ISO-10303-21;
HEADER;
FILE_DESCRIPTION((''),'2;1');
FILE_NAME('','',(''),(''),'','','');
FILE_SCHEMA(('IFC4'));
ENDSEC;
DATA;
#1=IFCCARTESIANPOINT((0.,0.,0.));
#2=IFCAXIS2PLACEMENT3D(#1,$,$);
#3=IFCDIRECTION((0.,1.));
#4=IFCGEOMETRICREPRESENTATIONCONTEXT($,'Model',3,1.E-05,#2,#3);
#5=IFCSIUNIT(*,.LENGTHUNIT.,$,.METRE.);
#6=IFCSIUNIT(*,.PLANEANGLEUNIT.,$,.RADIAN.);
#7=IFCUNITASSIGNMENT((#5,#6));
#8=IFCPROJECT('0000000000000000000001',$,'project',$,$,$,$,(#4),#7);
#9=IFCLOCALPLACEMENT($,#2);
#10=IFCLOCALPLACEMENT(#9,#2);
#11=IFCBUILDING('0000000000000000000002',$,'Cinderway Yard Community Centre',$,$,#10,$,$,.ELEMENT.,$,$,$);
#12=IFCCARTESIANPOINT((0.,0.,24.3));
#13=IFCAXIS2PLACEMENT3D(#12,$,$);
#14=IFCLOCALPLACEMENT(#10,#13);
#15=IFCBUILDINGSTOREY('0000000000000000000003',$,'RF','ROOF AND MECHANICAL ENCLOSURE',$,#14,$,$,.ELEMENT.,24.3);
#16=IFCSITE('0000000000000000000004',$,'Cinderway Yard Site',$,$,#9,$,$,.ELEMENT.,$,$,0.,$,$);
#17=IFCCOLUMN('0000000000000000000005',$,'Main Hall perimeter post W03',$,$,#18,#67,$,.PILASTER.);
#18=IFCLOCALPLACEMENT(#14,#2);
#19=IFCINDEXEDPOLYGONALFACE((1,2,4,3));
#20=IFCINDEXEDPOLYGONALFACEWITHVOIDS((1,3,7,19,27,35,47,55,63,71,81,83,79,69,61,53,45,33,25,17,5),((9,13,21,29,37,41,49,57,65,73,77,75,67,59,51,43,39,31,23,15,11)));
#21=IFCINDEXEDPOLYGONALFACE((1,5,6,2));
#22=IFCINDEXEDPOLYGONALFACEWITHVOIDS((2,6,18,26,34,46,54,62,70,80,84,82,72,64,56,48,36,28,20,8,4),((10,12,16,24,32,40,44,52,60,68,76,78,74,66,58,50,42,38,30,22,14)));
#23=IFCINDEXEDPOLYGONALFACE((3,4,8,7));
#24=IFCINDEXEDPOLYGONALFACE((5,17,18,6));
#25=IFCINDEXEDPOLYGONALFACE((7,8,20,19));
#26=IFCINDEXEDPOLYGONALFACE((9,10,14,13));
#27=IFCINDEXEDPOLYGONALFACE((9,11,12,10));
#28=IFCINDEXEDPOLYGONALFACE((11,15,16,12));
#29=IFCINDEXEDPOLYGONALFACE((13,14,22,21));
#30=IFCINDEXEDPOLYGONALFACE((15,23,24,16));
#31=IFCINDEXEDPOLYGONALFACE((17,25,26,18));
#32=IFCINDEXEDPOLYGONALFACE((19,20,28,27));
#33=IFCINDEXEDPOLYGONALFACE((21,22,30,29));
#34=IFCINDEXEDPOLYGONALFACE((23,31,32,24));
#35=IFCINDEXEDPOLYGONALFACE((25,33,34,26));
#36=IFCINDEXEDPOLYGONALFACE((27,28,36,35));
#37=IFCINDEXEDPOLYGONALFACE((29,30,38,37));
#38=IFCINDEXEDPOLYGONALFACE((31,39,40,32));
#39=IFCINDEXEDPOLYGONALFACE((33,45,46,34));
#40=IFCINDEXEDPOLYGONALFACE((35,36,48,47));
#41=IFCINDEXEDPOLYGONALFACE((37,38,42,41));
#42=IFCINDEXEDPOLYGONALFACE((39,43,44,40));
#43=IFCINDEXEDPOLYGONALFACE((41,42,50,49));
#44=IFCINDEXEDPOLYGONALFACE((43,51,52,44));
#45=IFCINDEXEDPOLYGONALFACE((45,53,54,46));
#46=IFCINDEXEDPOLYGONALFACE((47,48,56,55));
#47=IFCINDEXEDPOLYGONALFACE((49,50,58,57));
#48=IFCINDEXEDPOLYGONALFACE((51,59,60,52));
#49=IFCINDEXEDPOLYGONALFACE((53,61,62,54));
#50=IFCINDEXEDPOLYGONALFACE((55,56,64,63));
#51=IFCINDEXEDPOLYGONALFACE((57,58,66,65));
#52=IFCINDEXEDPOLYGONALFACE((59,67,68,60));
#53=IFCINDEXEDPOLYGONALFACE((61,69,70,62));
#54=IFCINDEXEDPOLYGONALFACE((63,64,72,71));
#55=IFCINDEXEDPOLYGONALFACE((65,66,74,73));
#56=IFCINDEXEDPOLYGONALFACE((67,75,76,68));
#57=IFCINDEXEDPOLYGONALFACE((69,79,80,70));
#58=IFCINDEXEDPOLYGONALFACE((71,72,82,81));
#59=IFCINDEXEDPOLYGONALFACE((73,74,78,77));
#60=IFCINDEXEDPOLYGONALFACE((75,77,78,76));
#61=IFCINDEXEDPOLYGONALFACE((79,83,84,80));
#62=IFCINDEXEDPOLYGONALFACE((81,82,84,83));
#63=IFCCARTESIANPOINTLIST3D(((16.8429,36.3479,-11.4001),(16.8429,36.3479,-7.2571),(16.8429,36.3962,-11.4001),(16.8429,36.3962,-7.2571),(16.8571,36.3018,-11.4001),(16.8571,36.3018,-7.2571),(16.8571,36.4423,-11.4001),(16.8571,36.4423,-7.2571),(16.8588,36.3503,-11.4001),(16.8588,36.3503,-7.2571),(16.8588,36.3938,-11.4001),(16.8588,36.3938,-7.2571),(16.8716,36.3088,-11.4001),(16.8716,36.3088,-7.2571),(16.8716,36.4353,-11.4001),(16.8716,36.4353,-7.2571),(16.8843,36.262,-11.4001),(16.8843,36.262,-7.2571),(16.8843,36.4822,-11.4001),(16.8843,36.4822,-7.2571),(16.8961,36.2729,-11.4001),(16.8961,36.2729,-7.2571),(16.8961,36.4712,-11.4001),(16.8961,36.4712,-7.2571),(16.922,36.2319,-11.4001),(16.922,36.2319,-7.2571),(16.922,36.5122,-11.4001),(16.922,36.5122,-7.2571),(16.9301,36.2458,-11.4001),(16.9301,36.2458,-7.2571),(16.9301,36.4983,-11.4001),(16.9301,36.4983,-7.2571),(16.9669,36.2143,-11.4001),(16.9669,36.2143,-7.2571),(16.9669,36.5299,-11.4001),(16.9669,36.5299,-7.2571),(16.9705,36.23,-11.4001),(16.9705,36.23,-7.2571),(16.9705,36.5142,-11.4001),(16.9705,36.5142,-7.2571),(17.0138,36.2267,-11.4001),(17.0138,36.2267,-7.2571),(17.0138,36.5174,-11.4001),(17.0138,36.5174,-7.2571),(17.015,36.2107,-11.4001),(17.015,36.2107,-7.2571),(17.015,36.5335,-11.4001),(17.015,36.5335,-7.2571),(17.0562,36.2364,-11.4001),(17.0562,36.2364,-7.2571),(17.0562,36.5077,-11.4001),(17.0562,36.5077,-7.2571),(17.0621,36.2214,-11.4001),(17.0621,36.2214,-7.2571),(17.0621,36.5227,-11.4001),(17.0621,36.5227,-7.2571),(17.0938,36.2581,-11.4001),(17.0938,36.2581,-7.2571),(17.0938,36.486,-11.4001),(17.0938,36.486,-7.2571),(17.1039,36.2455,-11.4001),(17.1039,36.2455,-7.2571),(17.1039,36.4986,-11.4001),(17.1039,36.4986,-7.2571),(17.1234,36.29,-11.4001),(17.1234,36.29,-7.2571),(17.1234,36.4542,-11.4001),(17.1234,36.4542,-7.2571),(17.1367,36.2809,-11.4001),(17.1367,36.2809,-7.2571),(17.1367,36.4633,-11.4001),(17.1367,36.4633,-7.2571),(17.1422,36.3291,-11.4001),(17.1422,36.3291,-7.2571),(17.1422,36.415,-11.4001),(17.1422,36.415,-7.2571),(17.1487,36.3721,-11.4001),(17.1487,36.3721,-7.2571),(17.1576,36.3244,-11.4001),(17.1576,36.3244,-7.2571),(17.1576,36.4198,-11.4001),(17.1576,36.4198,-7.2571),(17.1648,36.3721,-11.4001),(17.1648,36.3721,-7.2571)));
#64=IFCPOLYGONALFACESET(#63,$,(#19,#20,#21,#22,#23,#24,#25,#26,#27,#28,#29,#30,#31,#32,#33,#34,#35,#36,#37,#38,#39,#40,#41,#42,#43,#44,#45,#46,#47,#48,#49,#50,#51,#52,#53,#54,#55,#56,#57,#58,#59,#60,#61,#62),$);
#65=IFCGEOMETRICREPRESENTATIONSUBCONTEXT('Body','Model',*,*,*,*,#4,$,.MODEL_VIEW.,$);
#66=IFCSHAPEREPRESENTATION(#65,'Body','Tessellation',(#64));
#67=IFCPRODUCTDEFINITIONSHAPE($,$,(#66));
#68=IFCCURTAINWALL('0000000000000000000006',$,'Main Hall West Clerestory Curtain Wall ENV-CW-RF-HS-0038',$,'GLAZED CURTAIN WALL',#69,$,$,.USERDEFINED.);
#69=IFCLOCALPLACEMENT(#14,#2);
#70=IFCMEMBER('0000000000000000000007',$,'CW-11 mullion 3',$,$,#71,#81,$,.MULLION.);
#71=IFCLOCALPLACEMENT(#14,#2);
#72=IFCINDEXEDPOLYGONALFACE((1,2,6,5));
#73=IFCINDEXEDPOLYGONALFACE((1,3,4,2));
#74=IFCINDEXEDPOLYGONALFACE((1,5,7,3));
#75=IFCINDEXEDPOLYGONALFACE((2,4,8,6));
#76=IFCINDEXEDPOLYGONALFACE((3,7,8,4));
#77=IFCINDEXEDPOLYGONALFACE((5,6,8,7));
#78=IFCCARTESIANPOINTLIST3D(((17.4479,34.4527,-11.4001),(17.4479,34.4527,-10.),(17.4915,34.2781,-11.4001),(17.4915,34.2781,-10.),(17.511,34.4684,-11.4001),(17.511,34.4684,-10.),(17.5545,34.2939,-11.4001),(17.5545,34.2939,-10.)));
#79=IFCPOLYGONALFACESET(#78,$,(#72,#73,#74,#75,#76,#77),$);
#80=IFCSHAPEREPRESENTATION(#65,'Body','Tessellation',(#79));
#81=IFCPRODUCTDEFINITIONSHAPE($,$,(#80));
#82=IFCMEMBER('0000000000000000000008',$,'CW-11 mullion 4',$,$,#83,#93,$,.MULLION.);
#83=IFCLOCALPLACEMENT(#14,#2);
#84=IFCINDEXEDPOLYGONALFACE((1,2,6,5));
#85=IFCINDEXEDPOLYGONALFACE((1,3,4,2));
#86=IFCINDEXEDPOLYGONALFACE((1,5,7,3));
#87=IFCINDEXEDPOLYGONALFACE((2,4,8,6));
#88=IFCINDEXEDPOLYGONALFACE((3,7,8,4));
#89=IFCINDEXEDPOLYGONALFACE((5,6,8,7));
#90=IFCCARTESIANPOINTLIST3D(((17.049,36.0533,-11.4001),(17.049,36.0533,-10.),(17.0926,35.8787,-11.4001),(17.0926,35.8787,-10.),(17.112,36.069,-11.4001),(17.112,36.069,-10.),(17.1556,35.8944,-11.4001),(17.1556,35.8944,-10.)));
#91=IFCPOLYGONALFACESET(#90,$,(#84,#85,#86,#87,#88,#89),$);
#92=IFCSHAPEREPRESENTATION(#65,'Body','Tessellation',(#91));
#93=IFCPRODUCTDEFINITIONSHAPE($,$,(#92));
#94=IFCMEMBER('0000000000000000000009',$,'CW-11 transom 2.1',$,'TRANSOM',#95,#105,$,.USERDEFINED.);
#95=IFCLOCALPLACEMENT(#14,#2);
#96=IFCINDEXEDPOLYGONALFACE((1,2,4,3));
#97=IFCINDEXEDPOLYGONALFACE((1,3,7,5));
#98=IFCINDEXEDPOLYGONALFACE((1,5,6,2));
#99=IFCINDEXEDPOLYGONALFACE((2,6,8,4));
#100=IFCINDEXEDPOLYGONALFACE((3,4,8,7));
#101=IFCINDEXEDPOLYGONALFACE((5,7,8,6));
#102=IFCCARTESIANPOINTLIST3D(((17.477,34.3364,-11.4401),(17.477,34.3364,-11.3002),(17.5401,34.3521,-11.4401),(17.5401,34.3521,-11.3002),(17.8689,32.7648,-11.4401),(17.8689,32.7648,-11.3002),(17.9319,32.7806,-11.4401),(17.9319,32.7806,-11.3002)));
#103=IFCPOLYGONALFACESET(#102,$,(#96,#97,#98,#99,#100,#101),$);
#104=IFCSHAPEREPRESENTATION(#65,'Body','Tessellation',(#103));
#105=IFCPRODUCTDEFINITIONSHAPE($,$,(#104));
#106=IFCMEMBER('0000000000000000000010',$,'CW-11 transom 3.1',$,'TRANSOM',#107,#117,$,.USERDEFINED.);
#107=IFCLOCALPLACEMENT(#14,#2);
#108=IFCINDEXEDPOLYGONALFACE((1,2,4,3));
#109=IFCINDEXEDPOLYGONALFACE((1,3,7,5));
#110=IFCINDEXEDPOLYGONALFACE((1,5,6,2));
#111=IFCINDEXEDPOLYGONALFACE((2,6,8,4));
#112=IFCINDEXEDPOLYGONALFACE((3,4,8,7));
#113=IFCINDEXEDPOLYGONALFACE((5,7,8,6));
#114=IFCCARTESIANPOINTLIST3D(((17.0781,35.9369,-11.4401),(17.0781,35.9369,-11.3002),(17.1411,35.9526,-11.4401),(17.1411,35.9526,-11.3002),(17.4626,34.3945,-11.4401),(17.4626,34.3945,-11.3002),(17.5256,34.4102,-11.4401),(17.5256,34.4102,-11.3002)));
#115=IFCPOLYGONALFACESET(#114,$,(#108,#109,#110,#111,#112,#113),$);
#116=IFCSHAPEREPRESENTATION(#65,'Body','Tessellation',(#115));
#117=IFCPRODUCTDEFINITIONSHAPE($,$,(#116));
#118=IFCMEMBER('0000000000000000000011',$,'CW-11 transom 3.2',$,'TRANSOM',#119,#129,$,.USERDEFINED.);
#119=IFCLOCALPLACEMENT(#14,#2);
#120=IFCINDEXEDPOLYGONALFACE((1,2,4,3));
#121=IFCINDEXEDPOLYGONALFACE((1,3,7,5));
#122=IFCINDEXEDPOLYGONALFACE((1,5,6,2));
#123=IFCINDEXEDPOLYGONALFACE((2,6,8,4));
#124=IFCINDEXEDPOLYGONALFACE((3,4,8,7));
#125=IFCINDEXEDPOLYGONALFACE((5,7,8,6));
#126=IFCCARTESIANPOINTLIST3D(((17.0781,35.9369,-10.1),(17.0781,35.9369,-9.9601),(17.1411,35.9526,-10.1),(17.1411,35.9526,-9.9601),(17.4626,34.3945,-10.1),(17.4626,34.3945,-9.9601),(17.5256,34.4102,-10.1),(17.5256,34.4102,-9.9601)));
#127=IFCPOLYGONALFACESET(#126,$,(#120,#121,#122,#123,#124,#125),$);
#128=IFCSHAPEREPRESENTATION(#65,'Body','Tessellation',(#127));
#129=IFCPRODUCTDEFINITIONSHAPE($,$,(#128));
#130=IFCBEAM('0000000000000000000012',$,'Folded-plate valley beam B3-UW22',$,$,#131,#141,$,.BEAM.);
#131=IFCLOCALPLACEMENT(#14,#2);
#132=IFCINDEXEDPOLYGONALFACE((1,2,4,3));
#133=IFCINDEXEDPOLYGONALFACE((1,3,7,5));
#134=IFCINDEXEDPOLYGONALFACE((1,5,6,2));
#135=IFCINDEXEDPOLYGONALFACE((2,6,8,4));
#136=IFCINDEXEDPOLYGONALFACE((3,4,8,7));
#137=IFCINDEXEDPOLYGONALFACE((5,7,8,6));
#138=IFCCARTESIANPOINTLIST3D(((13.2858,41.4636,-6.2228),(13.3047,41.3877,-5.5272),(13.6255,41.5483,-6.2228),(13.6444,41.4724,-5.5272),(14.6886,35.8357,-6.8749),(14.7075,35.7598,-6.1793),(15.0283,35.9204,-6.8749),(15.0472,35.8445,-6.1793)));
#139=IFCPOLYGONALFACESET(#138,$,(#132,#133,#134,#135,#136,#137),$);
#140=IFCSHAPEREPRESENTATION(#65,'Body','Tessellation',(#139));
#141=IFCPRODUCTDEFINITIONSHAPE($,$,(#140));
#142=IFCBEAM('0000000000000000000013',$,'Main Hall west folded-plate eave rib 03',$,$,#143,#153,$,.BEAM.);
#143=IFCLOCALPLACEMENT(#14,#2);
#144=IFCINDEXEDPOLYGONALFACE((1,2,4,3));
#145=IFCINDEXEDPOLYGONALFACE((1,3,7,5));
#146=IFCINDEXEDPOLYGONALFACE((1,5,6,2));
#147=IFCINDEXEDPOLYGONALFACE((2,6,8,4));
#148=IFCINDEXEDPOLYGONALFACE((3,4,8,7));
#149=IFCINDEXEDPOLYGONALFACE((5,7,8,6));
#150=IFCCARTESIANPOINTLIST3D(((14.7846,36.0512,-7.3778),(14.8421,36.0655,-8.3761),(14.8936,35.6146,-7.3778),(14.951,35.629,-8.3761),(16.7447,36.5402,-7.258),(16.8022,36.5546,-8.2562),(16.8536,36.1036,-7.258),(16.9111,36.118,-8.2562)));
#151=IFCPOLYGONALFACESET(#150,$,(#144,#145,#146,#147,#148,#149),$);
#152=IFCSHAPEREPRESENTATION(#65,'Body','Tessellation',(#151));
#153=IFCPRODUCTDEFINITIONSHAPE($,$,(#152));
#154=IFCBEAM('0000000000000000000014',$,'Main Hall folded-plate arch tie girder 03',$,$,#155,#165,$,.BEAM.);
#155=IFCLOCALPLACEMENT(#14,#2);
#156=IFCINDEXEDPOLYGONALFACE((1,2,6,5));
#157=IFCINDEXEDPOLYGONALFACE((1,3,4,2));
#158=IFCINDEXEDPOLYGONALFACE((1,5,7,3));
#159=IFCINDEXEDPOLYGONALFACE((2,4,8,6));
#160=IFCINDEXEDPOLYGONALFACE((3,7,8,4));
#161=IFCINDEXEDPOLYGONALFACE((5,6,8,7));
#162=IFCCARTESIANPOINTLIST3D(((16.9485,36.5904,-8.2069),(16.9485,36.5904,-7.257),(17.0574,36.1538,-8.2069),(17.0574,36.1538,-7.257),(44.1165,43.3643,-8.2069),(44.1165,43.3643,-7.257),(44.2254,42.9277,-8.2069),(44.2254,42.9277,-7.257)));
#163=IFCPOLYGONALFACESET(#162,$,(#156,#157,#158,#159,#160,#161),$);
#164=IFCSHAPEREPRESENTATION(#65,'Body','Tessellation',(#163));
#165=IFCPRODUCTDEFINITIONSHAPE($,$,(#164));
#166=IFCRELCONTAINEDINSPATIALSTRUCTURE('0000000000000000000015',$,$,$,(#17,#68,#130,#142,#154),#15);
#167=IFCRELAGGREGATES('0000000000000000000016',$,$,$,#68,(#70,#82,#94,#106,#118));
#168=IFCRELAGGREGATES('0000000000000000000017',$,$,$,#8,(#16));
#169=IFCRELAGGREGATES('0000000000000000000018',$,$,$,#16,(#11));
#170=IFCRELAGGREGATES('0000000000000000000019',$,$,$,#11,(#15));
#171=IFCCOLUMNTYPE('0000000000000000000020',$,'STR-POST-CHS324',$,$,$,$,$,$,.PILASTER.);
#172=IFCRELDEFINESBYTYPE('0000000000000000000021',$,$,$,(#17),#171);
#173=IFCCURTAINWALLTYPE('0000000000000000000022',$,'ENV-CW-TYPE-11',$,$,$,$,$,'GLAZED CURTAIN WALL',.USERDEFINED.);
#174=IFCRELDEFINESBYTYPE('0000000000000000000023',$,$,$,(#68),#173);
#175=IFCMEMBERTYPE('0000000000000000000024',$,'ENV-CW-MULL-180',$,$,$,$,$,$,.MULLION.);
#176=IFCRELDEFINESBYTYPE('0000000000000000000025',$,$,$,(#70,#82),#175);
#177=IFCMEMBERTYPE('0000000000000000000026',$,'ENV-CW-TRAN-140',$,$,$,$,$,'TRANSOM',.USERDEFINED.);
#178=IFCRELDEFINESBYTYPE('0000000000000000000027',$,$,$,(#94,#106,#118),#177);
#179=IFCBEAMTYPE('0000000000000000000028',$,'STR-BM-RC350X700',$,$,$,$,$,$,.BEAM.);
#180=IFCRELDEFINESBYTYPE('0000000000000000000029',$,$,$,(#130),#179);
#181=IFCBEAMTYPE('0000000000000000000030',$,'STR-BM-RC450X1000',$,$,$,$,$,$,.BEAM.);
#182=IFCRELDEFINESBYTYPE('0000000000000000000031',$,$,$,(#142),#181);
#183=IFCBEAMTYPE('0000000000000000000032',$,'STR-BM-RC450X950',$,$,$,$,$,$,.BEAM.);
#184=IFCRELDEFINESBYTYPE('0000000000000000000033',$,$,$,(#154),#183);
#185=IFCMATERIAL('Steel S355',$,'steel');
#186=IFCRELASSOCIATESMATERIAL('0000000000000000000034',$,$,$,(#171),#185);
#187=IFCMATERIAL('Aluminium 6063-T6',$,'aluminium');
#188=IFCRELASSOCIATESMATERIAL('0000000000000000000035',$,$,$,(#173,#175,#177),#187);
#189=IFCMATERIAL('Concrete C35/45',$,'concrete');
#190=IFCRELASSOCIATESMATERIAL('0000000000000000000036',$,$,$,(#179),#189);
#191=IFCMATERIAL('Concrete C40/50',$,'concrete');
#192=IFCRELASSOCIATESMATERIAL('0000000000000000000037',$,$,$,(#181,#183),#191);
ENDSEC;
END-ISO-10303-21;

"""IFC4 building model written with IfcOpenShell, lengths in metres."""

from ifc_helpers import new_model, si_unit, direction, frame, origin, origin_2d, place, context, subcontext, project, spatial, rectangle, hollow_circle, extrude, material, material_profile, profile_set, type_object, element, aggregate, save


model = new_model("IFC4")

# Units and contexts
model_context = context("Model", 3, precision=1e-05, world=origin(), true_north=direction((0.0, 1.0)))
body_context = subcontext(model_context, "Body", "Model", "MODEL_VIEW")
ifc_project = project(units=[si_unit("LENGTHUNIT", "METRE"), si_unit("PLANEANGLEUNIT", "RADIAN")], contexts=[model_context])

# Site, building, storey
site_placement = place(None, origin())
site = spatial("IfcSite", under=ifc_project, at=site_placement, Name="Cinderway Yard Site", CompositionType="ELEMENT", RefElevation=0.0)
building_placement = place(site_placement, origin())
building = spatial("IfcBuilding", under=site, at=building_placement, Name="Cinderway Yard Community Centre", CompositionType="ELEMENT")
storey_placement = place(building_placement, frame((0.0, 0.0, 24.3)))
storey = spatial("IfcBuildingStorey", under=building, at=storey_placement, Name="RF", Description="ROOF AND MECHANICAL ENCLOSURE", CompositionType="ELEMENT", Elevation=24.3)

# Column
ifc_material_1 = material(Name="Steel S355", Category="steel")
ifc_material_profile_1 = material_profile(ifc_material_1, hollow_circle(Radius=0.1619, WallThickness=0.0161, at=origin_2d()), Name="Steel S355")
ifc_profile_set_1 = profile_set([ifc_material_profile_1], Name="Steel S355")
column_type = type_object("IfcColumnType", Name="STR-POST-CHS324", PredefinedType="PILASTER", material=ifc_profile_set_1)
column_placement = place(storey_placement, frame((17.0029, 36.3721, -11.4001), z_axis=(0.0, 0.0, 1.0), x_axis=(1.0, 0.0, 0.0)))
element("IfcColumn", 1, at=column_placement, inside=storey, type_object=column_type, Name="Main Hall perimeter post W03", PredefinedType="PILASTER", context=body_context, shape_type="SweptSolid", body=[
    extrude(hollow_circle(Radius=0.1619, WallThickness=0.0161, at=origin_2d()), origin(), (0.0, 0.0, 1.0), 4.1431),
])

# Curtain wall, members
ifc_material_2 = material(Name="Aluminium 6063-T6", Category="aluminium")
curtain_wall_type = type_object("IfcCurtainWallType", Name="ENV-CW-TYPE-11", ElementType="GLAZED CURTAIN WALL", PredefinedType="USERDEFINED", material=ifc_material_2)
curtain_wall_placement = place(storey_placement, origin())
curtain_wall = element("IfcCurtainWall", 2, at=curtain_wall_placement, inside=storey, type_object=curtain_wall_type, Name="Main Hall West Clerestory Curtain Wall ENV-CW-RF-HS-0038", ObjectType="GLAZED CURTAIN WALL", PredefinedType="USERDEFINED")
ifc_material_profile_2 = material_profile(ifc_material_2, rectangle(XDim=0.0649, YDim=0.1799, at=origin_2d()), Name="Aluminium 6063-T6")
ifc_profile_set_2 = profile_set([ifc_material_profile_2], Name="Aluminium 6063-T6")
member_type_1 = type_object("IfcMemberType", Name="ENV-CW-MULL-180", PredefinedType="MULLION", material=ifc_profile_set_2)
member_1_placement = place(storey_placement, frame((17.5012, 34.3733, -11.4001), z_axis=(0.0, 0.0, 1.0), x_axis=(-0.970294, -0.241929, 0.0)))
member_1 = element("IfcMember", 3, at=member_1_placement, type_object=member_type_1, Name="CW-11 mullion 3", PredefinedType="MULLION", context=body_context, shape_type="SweptSolid", body=[
    extrude(rectangle(XDim=0.0649, YDim=0.1799, at=origin_2d()), origin(), (0.0, 0.0, 1.0), 1.4001),
])
member_2_placement = place(storey_placement, frame((17.1023, 35.9739, -11.4001), z_axis=(0.0, 0.0, 1.0), x_axis=(-0.970294, -0.241929, 0.0)))
member_2 = element("IfcMember", 4, at=member_2_placement, type_object=member_type_1, Name="CW-11 mullion 4", PredefinedType="MULLION", context=body_context, shape_type="SweptSolid", body=[
    extrude(rectangle(XDim=0.0649, YDim=0.1799, at=origin_2d()), origin(), (0.0, 0.0, 1.0), 1.4001),
])
ifc_material_profile_3 = material_profile(ifc_material_2, rectangle(XDim=0.0649, YDim=0.1399, at=origin_2d()), Name="Aluminium 6063-T6")
ifc_profile_set_3 = profile_set([ifc_material_profile_3], Name="Aluminium 6063-T6")
member_type_2 = type_object("IfcMemberType", Name="ENV-CW-TRAN-140", ElementType="TRANSOM", PredefinedType="USERDEFINED", material=ifc_profile_set_3)
member_3_placement = place(storey_placement, frame((17.9004, 32.7727, -11.3701), z_axis=(-0.241933, 0.970293, 0.0), x_axis=(-0.970293, -0.241933, 0.0)))
member_3 = element("IfcMember", 5, at=member_3_placement, type_object=member_type_2, Name="CW-11 transom 2.1", ObjectType="TRANSOM", PredefinedType="USERDEFINED", context=body_context, shape_type="SweptSolid", body=[
    extrude(rectangle(XDim=0.0649, YDim=0.1399, at=origin_2d()), origin(), (0.0, 0.0, 1.0), 1.6196),
])
member_4_placement = place(storey_placement, frame((17.4941, 34.4023, -11.3701), z_axis=(-0.241885, 0.970305, 0.0), x_axis=(-0.970305, -0.241885, 0.0)))
member_4 = element("IfcMember", 6, at=member_4_placement, type_object=member_type_2, Name="CW-11 transom 3.1", ObjectType="TRANSOM", PredefinedType="USERDEFINED", context=body_context, shape_type="SweptSolid", body=[
    extrude(rectangle(XDim=0.0649, YDim=0.1399, at=origin_2d()), origin(), (0.0, 0.0, 1.0), 1.5896),
])
member_5_placement = place(storey_placement, frame((17.4941, 34.4023, -10.03), z_axis=(-0.241885, 0.970305, 0.0), x_axis=(-0.970305, -0.241885, 0.0)))
member_5 = element("IfcMember", 7, at=member_5_placement, type_object=member_type_2, Name="CW-11 transom 3.2", ObjectType="TRANSOM", PredefinedType="USERDEFINED", context=body_context, shape_type="SweptSolid", body=[
    extrude(rectangle(XDim=0.0649, YDim=0.1399, at=origin_2d()), origin(), (0.0, 0.0, 1.0), 1.5896),
])

# Beams
ifc_material_3 = material(Name="Concrete C35/45", Category="concrete")
ifc_material_profile_4 = material_profile(ifc_material_3, rectangle(XDim=0.3501, YDim=0.7, at=origin_2d()), Name="Concrete C35/45")
ifc_profile_set_4 = profile_set([ifc_material_profile_4], Name="Concrete C35/45")
beam_type_1 = type_object("IfcBeamType", Name="STR-BM-RC350X700", PredefinedType="BEAM", material=ifc_profile_set_4)
beam_1_placement = place(storey_placement, frame((14.8679, 35.8401, -6.5271), z_axis=(-0.240348, 0.964236, 0.111725), x_axis=(-0.970311, -0.241862, 0.0)))
element("IfcBeam", 8, at=beam_1_placement, inside=storey, type_object=beam_type_1, Name="Folded-plate valley beam B3-UW22", PredefinedType="BEAM", context=body_context, shape_type="SweptSolid", body=[
    extrude(rectangle(XDim=0.3501, YDim=0.7, at=origin_2d()), origin(), (0.0, 0.0, 1.0), 5.8367),
])
ifc_material_4 = material(Name="Concrete C40/50", Category="concrete")
ifc_material_profile_5 = material_profile(ifc_material_4, rectangle(XDim=0.45, YDim=1.0, at=origin_2d()), Name="Concrete C40/50")
ifc_profile_set_5 = profile_set([ifc_material_profile_5], Name="Concrete C40/50")
beam_type_2 = type_object("IfcBeamType", Name="STR-BM-RC450X1000", PredefinedType="BEAM", material=ifc_profile_set_5)
beam_2_placement = place(storey_placement, frame((16.8279, 36.3291, -7.7571), z_axis=(-0.968552, -0.241655, -0.059238), x_axis=(0.242081, -0.970256, 0.0)))
element("IfcBeam", 9, at=beam_2_placement, inside=storey, type_object=beam_type_2, Name="Main Hall west folded-plate eave rib 03", PredefinedType="BEAM", context=body_context, shape_type="SweptSolid", body=[
    extrude(rectangle(XDim=0.45, YDim=1.0, at=origin_2d()), origin(), (0.0, 0.0, 1.0), 2.0237),
])
ifc_material_profile_6 = material_profile(ifc_material_4, rectangle(XDim=0.45, YDim=0.95, at=origin_2d()), Name="Concrete C40/50")
ifc_profile_set_6 = profile_set([ifc_material_profile_6], Name="Concrete C40/50")
beam_type_3 = type_object("IfcBeamType", Name="STR-BM-RC450X950", PredefinedType="BEAM", material=ifc_profile_set_6)
beam_3_placement = place(storey_placement, frame((17.0029, 36.3721, -7.7319), z_axis=(0.970294, 0.241928, 0.0), x_axis=(-0.241928, 0.970294, 0.0)))
element("IfcBeam", 10, at=beam_3_placement, inside=storey, type_object=beam_type_3, Name="Main Hall folded-plate arch tie girder 03", PredefinedType="BEAM", context=body_context, shape_type="SweptSolid", body=[
    extrude(rectangle(XDim=0.45, YDim=0.95, at=origin_2d()), origin(), (0.0, 0.0, 1.0), 27.9998),
])

aggregate(curtain_wall, [member_1, member_2, member_3, member_4, member_5])

save(model, "model.ifc")
